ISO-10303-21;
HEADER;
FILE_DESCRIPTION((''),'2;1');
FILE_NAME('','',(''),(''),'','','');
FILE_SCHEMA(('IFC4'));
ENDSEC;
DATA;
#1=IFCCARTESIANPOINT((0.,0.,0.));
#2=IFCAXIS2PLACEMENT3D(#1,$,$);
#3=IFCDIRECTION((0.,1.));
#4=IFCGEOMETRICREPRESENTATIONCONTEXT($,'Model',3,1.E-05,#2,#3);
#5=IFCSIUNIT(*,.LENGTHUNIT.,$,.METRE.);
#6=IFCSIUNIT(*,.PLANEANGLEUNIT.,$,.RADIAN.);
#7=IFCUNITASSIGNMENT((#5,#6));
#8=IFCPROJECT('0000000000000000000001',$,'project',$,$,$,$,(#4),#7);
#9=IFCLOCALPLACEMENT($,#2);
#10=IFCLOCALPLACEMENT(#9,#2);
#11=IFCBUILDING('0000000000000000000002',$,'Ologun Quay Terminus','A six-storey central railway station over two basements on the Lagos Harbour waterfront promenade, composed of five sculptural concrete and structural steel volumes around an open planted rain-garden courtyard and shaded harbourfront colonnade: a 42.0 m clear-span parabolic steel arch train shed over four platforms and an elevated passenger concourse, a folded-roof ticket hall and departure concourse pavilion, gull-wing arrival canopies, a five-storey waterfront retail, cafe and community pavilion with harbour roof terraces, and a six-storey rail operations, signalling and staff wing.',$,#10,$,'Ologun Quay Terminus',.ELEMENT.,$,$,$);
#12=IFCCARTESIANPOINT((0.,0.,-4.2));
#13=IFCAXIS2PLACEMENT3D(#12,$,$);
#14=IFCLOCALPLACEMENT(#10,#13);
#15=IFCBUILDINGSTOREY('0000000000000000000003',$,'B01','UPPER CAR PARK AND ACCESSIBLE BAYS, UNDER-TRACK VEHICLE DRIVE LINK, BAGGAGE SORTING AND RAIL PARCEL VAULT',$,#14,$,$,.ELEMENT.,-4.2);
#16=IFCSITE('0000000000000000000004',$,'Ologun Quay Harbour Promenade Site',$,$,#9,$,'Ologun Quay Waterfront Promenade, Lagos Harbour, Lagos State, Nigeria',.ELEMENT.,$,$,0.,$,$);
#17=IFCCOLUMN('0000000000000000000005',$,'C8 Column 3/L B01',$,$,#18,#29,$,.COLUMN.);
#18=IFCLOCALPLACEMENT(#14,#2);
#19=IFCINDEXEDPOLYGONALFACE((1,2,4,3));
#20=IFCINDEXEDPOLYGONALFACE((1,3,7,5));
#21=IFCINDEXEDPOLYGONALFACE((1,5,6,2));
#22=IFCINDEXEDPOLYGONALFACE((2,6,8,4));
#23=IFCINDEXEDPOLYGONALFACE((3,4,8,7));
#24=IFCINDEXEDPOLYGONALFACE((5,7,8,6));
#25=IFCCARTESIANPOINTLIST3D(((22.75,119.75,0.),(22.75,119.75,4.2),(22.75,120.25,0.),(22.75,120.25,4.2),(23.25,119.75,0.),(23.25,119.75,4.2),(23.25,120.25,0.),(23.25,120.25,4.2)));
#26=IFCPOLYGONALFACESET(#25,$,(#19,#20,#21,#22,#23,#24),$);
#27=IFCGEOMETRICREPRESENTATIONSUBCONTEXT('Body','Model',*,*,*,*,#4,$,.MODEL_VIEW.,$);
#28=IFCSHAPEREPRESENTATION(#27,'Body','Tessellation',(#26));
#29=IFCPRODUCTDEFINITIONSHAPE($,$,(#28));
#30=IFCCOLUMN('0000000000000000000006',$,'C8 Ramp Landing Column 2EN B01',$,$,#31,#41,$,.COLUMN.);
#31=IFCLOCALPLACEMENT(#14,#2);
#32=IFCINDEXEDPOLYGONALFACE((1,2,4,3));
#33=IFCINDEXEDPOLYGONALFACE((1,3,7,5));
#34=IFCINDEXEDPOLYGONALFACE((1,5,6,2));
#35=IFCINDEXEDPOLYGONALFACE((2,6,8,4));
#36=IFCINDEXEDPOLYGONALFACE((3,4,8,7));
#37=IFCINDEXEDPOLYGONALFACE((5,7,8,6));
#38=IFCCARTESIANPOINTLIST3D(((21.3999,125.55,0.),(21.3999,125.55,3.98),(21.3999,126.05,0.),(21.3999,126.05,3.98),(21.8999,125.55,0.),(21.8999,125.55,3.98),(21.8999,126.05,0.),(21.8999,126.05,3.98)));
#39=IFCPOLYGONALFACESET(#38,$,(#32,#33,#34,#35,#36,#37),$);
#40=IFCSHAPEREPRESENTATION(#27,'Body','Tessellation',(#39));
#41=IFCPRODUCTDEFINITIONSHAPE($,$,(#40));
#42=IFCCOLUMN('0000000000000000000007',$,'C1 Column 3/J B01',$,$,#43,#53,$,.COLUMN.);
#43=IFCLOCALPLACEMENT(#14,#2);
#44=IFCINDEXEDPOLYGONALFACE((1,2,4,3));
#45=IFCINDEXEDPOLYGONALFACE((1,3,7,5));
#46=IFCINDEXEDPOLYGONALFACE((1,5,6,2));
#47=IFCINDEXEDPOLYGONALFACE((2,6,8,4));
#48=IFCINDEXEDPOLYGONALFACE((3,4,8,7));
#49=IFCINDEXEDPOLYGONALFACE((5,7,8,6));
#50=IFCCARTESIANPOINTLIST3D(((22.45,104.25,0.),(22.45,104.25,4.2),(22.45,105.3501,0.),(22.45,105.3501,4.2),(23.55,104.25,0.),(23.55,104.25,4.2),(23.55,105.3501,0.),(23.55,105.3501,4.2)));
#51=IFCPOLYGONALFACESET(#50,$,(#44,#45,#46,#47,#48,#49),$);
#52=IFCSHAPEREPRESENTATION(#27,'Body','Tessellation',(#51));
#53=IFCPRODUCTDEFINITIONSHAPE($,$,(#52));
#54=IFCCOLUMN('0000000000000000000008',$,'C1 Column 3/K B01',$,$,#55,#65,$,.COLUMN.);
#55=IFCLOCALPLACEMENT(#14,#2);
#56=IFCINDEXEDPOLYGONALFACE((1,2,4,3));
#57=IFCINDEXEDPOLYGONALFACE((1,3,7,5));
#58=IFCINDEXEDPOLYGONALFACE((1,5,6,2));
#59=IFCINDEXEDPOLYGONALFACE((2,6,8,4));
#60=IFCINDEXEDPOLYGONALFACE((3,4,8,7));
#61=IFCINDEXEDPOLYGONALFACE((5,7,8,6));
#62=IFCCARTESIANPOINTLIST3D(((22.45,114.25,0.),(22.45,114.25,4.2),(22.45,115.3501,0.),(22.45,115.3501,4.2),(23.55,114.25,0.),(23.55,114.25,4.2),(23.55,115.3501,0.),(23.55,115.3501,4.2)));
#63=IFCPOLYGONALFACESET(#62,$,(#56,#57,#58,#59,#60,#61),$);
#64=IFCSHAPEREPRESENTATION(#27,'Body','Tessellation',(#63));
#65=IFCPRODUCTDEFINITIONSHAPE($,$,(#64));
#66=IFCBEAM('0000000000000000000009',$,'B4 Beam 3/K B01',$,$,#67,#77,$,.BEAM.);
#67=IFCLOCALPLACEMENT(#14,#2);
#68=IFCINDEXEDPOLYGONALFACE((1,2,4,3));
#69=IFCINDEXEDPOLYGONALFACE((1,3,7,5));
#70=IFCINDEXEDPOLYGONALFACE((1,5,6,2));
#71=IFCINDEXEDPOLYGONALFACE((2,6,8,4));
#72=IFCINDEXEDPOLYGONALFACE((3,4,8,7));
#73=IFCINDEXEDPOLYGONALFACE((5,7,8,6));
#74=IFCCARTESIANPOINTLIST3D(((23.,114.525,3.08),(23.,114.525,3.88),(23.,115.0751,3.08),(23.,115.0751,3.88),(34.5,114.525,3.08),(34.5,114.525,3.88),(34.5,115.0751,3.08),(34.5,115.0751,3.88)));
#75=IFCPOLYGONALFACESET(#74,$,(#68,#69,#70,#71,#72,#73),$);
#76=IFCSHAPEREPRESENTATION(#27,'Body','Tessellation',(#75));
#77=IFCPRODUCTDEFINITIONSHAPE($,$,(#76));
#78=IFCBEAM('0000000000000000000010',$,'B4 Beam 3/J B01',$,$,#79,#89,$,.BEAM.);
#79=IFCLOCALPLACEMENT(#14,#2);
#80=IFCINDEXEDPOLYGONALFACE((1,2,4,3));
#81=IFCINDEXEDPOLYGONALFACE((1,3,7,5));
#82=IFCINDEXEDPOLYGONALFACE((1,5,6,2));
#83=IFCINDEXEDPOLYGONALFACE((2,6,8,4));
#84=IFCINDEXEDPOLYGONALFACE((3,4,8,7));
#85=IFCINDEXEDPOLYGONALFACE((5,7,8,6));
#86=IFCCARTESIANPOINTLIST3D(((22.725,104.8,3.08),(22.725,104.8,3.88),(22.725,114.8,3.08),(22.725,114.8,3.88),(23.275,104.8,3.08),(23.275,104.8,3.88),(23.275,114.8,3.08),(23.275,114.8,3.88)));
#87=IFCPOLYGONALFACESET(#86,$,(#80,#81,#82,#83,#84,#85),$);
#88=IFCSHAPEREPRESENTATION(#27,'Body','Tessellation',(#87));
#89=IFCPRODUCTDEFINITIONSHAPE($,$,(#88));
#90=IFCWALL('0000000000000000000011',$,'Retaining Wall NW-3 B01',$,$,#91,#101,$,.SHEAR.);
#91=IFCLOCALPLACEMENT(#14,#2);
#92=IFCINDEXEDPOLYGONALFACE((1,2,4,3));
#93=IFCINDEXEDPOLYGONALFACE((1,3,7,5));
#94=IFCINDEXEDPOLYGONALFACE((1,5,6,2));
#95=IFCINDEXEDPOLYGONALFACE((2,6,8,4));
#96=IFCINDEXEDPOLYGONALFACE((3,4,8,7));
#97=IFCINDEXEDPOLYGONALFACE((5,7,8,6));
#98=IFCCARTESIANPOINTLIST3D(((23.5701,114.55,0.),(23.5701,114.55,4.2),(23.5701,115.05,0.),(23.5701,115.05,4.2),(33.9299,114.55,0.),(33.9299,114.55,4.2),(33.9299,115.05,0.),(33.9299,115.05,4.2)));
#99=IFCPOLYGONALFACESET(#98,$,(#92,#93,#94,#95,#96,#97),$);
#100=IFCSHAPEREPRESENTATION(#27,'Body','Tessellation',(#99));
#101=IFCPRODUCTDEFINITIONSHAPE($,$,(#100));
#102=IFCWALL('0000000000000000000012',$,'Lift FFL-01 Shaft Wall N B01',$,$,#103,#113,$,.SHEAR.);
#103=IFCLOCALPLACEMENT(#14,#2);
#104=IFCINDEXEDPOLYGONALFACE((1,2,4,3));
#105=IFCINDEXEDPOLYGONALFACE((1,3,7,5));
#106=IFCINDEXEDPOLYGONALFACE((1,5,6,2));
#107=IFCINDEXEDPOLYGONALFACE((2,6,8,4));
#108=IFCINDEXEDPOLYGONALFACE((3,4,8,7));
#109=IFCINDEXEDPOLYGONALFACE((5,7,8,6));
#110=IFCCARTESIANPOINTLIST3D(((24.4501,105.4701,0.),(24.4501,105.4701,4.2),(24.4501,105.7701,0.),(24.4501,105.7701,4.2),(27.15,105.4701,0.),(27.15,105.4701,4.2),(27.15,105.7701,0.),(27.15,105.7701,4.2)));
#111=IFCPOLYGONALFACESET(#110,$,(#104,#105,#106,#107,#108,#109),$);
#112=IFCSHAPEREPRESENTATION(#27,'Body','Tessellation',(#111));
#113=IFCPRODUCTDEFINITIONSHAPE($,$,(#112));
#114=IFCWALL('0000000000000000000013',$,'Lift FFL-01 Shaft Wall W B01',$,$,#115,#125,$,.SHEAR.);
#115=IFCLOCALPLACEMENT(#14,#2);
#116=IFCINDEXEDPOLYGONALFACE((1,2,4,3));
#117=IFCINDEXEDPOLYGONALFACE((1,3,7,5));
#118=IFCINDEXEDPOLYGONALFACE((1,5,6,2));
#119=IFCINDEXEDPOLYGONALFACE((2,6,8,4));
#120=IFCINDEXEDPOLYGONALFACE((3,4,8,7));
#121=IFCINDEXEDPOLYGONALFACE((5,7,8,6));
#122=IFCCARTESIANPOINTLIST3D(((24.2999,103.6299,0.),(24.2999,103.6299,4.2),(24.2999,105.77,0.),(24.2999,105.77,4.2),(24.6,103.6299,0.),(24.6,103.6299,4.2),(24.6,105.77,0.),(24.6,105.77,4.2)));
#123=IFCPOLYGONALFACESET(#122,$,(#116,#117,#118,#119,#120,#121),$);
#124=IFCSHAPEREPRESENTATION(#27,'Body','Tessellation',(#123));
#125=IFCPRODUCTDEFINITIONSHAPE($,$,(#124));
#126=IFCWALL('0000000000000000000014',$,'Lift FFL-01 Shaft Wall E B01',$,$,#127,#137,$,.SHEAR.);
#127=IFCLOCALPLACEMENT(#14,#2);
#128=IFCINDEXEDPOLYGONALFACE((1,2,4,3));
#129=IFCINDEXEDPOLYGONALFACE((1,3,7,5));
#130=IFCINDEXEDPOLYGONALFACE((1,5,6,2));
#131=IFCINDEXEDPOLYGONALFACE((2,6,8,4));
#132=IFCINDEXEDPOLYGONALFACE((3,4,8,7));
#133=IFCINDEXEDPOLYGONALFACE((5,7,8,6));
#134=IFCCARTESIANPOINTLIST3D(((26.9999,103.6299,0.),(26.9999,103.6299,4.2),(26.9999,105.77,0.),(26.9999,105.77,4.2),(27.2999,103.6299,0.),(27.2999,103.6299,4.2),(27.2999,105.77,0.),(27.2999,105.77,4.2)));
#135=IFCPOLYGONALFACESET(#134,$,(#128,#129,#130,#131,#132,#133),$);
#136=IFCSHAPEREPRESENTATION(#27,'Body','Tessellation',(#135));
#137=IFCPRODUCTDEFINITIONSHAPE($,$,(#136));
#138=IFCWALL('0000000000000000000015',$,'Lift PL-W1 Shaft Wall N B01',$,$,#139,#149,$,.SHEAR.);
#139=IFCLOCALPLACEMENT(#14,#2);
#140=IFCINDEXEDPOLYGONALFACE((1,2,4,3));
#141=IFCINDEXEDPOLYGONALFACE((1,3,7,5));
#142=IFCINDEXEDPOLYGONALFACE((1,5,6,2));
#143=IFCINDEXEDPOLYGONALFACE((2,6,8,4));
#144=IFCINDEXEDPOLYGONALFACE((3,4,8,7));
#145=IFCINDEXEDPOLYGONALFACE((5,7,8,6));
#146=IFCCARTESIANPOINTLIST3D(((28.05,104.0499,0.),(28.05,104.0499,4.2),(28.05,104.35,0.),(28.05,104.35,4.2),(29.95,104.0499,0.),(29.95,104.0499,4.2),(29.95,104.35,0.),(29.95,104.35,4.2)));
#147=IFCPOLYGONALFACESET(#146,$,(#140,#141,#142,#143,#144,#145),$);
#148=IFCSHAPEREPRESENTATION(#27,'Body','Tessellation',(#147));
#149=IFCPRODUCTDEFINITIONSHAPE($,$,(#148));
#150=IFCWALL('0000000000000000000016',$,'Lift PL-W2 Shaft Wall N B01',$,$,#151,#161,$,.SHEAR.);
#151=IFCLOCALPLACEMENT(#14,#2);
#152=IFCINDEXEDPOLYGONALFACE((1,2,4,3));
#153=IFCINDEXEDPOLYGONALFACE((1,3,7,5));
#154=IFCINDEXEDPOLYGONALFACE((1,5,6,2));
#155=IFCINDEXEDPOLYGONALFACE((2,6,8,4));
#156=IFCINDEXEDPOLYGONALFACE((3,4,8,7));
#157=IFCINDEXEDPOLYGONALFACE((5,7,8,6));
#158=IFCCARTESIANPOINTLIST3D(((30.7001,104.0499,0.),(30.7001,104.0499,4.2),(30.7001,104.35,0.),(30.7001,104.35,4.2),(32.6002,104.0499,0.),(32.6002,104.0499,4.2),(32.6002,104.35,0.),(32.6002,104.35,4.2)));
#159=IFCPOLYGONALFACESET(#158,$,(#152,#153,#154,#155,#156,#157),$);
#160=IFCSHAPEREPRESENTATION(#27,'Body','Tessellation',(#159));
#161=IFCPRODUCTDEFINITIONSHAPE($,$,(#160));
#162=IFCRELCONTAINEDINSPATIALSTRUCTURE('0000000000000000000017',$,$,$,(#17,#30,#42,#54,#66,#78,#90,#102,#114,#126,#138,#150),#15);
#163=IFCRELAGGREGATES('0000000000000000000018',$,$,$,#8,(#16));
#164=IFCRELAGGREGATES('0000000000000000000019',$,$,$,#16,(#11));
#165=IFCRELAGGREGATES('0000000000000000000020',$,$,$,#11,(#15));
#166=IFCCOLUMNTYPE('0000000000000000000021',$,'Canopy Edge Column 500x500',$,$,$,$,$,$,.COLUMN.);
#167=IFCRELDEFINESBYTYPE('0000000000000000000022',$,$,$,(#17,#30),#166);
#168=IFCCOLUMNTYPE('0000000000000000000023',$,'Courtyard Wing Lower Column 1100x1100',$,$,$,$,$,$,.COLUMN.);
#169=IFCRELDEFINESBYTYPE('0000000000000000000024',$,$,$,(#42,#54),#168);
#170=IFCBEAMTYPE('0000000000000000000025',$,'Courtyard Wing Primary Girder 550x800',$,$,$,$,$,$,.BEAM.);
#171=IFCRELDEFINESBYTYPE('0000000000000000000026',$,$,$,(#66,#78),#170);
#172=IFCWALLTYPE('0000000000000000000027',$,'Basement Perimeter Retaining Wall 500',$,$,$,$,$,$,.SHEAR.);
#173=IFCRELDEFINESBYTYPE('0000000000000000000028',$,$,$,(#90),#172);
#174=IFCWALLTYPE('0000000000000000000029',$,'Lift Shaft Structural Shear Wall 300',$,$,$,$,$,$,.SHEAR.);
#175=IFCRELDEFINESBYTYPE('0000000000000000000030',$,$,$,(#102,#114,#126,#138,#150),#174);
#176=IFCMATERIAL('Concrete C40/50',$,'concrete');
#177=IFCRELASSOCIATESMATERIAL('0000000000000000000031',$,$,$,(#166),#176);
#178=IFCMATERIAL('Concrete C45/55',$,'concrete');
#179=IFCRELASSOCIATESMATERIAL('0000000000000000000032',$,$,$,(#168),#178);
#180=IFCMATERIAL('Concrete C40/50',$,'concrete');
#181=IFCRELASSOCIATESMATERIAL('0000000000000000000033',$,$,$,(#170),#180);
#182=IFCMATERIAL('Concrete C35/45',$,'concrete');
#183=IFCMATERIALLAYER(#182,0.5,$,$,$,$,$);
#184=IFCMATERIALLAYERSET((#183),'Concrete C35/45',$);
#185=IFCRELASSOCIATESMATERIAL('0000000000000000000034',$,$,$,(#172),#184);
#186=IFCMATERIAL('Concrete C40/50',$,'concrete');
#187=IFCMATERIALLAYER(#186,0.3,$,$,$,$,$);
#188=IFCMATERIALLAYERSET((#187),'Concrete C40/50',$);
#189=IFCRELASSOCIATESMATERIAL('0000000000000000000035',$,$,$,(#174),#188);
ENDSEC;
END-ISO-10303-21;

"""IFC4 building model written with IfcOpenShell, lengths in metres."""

from ifc_helpers import new_model, si_unit, direction, frame, frame_2d, origin, origin_2d, place, context, subcontext, project, spatial, rectangle, extrude, material, layer, layer_set, material_profile, profile_set, type_object, element, save


model = new_model("IFC4")

# Units and contexts
model_context = context("Model", 3, precision=1e-05, world=origin(), true_north=direction((0.0, 1.0)))
body_context = subcontext(model_context, "Body", "Model", "MODEL_VIEW")
ifc_project = project(units=[si_unit("LENGTHUNIT", "METRE"), si_unit("PLANEANGLEUNIT", "RADIAN")], contexts=[model_context])

# Site, building, storey
site_placement = place(None, origin())
site = spatial("IfcSite", under=ifc_project, at=site_placement, Name="Ologun Quay Harbour Promenade Site", LongName="Ologun Quay Waterfront Promenade, Lagos Harbour, Lagos State, Nigeria", CompositionType="ELEMENT", RefElevation=0.0)
building_placement = place(site_placement, origin())
building = spatial("IfcBuilding", under=site, at=building_placement, Name="Ologun Quay Terminus", Description="A six-storey central railway station over two basements on the Lagos Harbour waterfront promenade, composed of five sculptural concrete and structural steel volumes around an open planted rain-garden courtyard and shaded harbourfront colonnade: a 42.0 m clear-span parabolic steel arch train shed over four platforms and an elevated passenger concourse, a folded-roof ticket hall and departure concourse pavilion, gull-wing arrival canopies, a five-storey waterfront retail, cafe and community pavilion with harbour roof terraces, and a six-storey rail operations, signalling and staff wing.", LongName="Ologun Quay Terminus", CompositionType="ELEMENT")
storey_placement = place(building_placement, frame((0.0, 0.0, -4.2)))
storey = spatial("IfcBuildingStorey", under=building, at=storey_placement, Name="B01", Description="UPPER CAR PARK AND ACCESSIBLE BAYS, UNDER-TRACK VEHICLE DRIVE LINK, BAGGAGE SORTING AND RAIL PARCEL VAULT", CompositionType="ELEMENT", Elevation=-4.2)

# Columns
ifc_material_1 = material(Name="Concrete C40/50", Category="concrete")
ifc_material_profile_1 = material_profile(ifc_material_1, rectangle(XDim=0.5, YDim=0.5, at=origin_2d()), Name="RC 500x500")
ifc_profile_set_1 = profile_set([ifc_material_profile_1], Name="Concrete C40/50")
column_type_1 = type_object("IfcColumnType", Name="Canopy Edge Column 500x500", PredefinedType="COLUMN", material=ifc_profile_set_1)
column_1_placement = place(storey_placement, frame((23.0, 120.0, 0.0), z_axis=(0.0, 0.0, 1.0), x_axis=(1.0, 0.0, 0.0)))
element("IfcColumn", 1, at=column_1_placement, inside=storey, type_object=column_type_1, Name="C8 Column 3/L B01", PredefinedType="COLUMN", context=body_context, shape_type="SweptSolid", body=[
    extrude(rectangle(XDim=0.5, YDim=0.5, at=origin_2d()), origin(), (0.0, 0.0, 1.0), 4.2),
])
column_2_placement = place(storey_placement, frame((21.6499, 125.8, 0.0), z_axis=(0.0, 0.0, 1.0), x_axis=(1.0, 0.0, 0.0)))
element("IfcColumn", 2, at=column_2_placement, inside=storey, type_object=column_type_1, Name="C8 Ramp Landing Column 2EN B01", PredefinedType="COLUMN", context=body_context, shape_type="SweptSolid", body=[
    extrude(rectangle(XDim=0.5, YDim=0.5, at=origin_2d()), origin(), (0.0, 0.0, 1.0), 3.98),
])
ifc_material_2 = material(Name="Concrete C45/55", Category="concrete")
ifc_material_profile_2 = material_profile(ifc_material_2, rectangle(XDim=1.1001, YDim=1.1001, at=origin_2d()), Name="RC 1100x1100")
ifc_profile_set_2 = profile_set([ifc_material_profile_2], Name="Concrete C45/55")
column_type_2 = type_object("IfcColumnType", Name="Courtyard Wing Lower Column 1100x1100", PredefinedType="COLUMN", material=ifc_profile_set_2)
for number, where, z_axis, x_axis, name in (
    (3, (23.0, 104.8, 0.0), (0.0, 0.0, 1.0), (1.0, 0.0, 0.0), "C1 Column 3/J B01"),
    (4, (23.0, 114.8, 0.0), (0.0, 0.0, 1.0), (1.0, 0.0, 0.0), "C1 Column 3/K B01"),
):
    element("IfcColumn", number, at=place(storey_placement, frame(where, z_axis=z_axis, x_axis=x_axis)), inside=storey, type_object=column_type_2, Name=name, PredefinedType="COLUMN", context=body_context, shape_type="SweptSolid", body=[
        extrude(rectangle(XDim=1.1001, YDim=1.1001, at=origin_2d()), origin(), (0.0, 0.0, 1.0), 4.2),
    ])

# Beams
ifc_material_3 = material(Name="Concrete C40/50", Category="concrete")
ifc_material_profile_3 = material_profile(ifc_material_3, rectangle(XDim=0.55, YDim=0.8, at=origin_2d()), Name="RC 550x800")
ifc_profile_set_3 = profile_set([ifc_material_profile_3], Name="Concrete C40/50")
beam_type = type_object("IfcBeamType", Name="Courtyard Wing Primary Girder 550x800", PredefinedType="BEAM", material=ifc_profile_set_3)
beam_1_placement = place(storey_placement, frame((23.0, 114.8, 3.48), z_axis=(1.0, 0.0, 0.0), x_axis=(0.0, 1.0, 0.0)))
element("IfcBeam", 5, at=beam_1_placement, inside=storey, type_object=beam_type, Name="B4 Beam 3/K B01", PredefinedType="BEAM", context=body_context, shape_type="SweptSolid", body=[
    extrude(rectangle(XDim=0.55, YDim=0.8, at=origin_2d()), origin(), (0.0, 0.0, 1.0), 11.5),
])
beam_2_placement = place(storey_placement, frame((23.0, 104.8, 3.48), z_axis=(0.0, 1.0, 0.0), x_axis=(-1.0, 0.0, 0.0)))
element("IfcBeam", 6, at=beam_2_placement, inside=storey, type_object=beam_type, Name="B4 Beam 3/J B01", PredefinedType="BEAM", context=body_context, shape_type="SweptSolid", body=[
    extrude(rectangle(XDim=0.55, YDim=0.8, at=origin_2d()), origin(), (0.0, 0.0, 1.0), 10.0),
])

# Wall
ifc_material_4 = material(Name="Concrete C35/45", Category="concrete")
ifc_layer_1 = layer(ifc_material_4, 0.5)
ifc_layer_set_1 = layer_set([ifc_layer_1], Name="Concrete C35/45")
wall_type_1 = type_object("IfcWallType", Name="Basement Perimeter Retaining Wall 500", PredefinedType="SHEAR", material=ifc_layer_set_1)
wall_1_placement = place(storey_placement, frame((23.5701, 114.8, 0.0), z_axis=(0.0, 0.0, 1.0), x_axis=(1.0, 0.0, 0.0)))
element("IfcWall", 7, at=wall_1_placement, inside=storey, type_object=wall_type_1, Name="Retaining Wall NW-3 B01", PredefinedType="SHEAR", context=body_context, shape_type="SweptSolid", body=[
    extrude(rectangle(XDim=10.3599, YDim=0.5, at=frame_2d((5.1799, 0.0))), origin(), (0.0, 0.0, 1.0), 4.2),
])

# Shared definitions
ifc_material_5 = material(Name="Concrete C40/50", Category="concrete")
ifc_layer_2 = layer(ifc_material_5, 0.3)
ifc_layer_set_2 = layer_set([ifc_layer_2], Name="Concrete C40/50")
wall_type_2 = type_object("IfcWallType", Name="Lift Shaft Structural Shear Wall 300", PredefinedType="SHEAR", material=ifc_layer_set_2)

# Walls
wall_2_placement = place(storey_placement, frame((24.45, 105.6201, 0.0), z_axis=(0.0, 0.0, 1.0), x_axis=(1.0, 0.0, 0.0)))
element("IfcWall", 8, at=wall_2_placement, inside=storey, type_object=wall_type_2, Name="Lift FFL-01 Shaft Wall N B01", PredefinedType="SHEAR", context=body_context, shape_type="SweptSolid", body=[
    extrude(rectangle(XDim=2.7, YDim=0.3, at=frame_2d((1.3501, 0.0))), origin(), (0.0, 0.0, 1.0), 4.2),
])
for number, where, z_axis, x_axis, name in (
    (9, (24.45, 103.6299, 0.0), (0.0, 0.0, 1.0), (0.0, 1.0, 0.0), "Lift FFL-01 Shaft Wall W B01"),
    (10, (27.1499, 103.6299, 0.0), (0.0, 0.0, 1.0), (0.0, 1.0, 0.0), "Lift FFL-01 Shaft Wall E B01"),
):
    element("IfcWall", number, at=place(storey_placement, frame(where, z_axis=z_axis, x_axis=x_axis)), inside=storey, type_object=wall_type_2, Name=name, PredefinedType="SHEAR", context=body_context, shape_type="SweptSolid", body=[
        extrude(rectangle(XDim=2.1401, YDim=0.3, at=frame_2d((1.0701, 0.0))), origin(), (0.0, 0.0, 1.0), 4.2),
    ])
wall_3_placement = place(storey_placement, frame((28.05, 104.2, 0.0), z_axis=(0.0, 0.0, 1.0), x_axis=(1.0, 0.0, 0.0)))
element("IfcWall", 11, at=wall_3_placement, inside=storey, type_object=wall_type_2, Name="Lift PL-W1 Shaft Wall N B01", PredefinedType="SHEAR", context=body_context, shape_type="SweptSolid", body=[
    extrude(rectangle(XDim=1.8999, YDim=0.3, at=frame_2d((0.95, 0.0))), origin(), (0.0, 0.0, 1.0), 4.2),
])
wall_4_placement = place(storey_placement, frame((30.7, 104.2, 0.0), z_axis=(0.0, 0.0, 1.0), x_axis=(1.0, 0.0, 0.0)))
element("IfcWall", 12, at=wall_4_placement, inside=storey, type_object=wall_type_2, Name="Lift PL-W2 Shaft Wall N B01", PredefinedType="SHEAR", context=body_context, shape_type="SweptSolid", body=[
    extrude(rectangle(XDim=1.9001, YDim=0.3, at=frame_2d((0.9502, 0.0))), origin(), (0.0, 0.0, 1.0), 4.2),
])

save(model, "model.ifc")
